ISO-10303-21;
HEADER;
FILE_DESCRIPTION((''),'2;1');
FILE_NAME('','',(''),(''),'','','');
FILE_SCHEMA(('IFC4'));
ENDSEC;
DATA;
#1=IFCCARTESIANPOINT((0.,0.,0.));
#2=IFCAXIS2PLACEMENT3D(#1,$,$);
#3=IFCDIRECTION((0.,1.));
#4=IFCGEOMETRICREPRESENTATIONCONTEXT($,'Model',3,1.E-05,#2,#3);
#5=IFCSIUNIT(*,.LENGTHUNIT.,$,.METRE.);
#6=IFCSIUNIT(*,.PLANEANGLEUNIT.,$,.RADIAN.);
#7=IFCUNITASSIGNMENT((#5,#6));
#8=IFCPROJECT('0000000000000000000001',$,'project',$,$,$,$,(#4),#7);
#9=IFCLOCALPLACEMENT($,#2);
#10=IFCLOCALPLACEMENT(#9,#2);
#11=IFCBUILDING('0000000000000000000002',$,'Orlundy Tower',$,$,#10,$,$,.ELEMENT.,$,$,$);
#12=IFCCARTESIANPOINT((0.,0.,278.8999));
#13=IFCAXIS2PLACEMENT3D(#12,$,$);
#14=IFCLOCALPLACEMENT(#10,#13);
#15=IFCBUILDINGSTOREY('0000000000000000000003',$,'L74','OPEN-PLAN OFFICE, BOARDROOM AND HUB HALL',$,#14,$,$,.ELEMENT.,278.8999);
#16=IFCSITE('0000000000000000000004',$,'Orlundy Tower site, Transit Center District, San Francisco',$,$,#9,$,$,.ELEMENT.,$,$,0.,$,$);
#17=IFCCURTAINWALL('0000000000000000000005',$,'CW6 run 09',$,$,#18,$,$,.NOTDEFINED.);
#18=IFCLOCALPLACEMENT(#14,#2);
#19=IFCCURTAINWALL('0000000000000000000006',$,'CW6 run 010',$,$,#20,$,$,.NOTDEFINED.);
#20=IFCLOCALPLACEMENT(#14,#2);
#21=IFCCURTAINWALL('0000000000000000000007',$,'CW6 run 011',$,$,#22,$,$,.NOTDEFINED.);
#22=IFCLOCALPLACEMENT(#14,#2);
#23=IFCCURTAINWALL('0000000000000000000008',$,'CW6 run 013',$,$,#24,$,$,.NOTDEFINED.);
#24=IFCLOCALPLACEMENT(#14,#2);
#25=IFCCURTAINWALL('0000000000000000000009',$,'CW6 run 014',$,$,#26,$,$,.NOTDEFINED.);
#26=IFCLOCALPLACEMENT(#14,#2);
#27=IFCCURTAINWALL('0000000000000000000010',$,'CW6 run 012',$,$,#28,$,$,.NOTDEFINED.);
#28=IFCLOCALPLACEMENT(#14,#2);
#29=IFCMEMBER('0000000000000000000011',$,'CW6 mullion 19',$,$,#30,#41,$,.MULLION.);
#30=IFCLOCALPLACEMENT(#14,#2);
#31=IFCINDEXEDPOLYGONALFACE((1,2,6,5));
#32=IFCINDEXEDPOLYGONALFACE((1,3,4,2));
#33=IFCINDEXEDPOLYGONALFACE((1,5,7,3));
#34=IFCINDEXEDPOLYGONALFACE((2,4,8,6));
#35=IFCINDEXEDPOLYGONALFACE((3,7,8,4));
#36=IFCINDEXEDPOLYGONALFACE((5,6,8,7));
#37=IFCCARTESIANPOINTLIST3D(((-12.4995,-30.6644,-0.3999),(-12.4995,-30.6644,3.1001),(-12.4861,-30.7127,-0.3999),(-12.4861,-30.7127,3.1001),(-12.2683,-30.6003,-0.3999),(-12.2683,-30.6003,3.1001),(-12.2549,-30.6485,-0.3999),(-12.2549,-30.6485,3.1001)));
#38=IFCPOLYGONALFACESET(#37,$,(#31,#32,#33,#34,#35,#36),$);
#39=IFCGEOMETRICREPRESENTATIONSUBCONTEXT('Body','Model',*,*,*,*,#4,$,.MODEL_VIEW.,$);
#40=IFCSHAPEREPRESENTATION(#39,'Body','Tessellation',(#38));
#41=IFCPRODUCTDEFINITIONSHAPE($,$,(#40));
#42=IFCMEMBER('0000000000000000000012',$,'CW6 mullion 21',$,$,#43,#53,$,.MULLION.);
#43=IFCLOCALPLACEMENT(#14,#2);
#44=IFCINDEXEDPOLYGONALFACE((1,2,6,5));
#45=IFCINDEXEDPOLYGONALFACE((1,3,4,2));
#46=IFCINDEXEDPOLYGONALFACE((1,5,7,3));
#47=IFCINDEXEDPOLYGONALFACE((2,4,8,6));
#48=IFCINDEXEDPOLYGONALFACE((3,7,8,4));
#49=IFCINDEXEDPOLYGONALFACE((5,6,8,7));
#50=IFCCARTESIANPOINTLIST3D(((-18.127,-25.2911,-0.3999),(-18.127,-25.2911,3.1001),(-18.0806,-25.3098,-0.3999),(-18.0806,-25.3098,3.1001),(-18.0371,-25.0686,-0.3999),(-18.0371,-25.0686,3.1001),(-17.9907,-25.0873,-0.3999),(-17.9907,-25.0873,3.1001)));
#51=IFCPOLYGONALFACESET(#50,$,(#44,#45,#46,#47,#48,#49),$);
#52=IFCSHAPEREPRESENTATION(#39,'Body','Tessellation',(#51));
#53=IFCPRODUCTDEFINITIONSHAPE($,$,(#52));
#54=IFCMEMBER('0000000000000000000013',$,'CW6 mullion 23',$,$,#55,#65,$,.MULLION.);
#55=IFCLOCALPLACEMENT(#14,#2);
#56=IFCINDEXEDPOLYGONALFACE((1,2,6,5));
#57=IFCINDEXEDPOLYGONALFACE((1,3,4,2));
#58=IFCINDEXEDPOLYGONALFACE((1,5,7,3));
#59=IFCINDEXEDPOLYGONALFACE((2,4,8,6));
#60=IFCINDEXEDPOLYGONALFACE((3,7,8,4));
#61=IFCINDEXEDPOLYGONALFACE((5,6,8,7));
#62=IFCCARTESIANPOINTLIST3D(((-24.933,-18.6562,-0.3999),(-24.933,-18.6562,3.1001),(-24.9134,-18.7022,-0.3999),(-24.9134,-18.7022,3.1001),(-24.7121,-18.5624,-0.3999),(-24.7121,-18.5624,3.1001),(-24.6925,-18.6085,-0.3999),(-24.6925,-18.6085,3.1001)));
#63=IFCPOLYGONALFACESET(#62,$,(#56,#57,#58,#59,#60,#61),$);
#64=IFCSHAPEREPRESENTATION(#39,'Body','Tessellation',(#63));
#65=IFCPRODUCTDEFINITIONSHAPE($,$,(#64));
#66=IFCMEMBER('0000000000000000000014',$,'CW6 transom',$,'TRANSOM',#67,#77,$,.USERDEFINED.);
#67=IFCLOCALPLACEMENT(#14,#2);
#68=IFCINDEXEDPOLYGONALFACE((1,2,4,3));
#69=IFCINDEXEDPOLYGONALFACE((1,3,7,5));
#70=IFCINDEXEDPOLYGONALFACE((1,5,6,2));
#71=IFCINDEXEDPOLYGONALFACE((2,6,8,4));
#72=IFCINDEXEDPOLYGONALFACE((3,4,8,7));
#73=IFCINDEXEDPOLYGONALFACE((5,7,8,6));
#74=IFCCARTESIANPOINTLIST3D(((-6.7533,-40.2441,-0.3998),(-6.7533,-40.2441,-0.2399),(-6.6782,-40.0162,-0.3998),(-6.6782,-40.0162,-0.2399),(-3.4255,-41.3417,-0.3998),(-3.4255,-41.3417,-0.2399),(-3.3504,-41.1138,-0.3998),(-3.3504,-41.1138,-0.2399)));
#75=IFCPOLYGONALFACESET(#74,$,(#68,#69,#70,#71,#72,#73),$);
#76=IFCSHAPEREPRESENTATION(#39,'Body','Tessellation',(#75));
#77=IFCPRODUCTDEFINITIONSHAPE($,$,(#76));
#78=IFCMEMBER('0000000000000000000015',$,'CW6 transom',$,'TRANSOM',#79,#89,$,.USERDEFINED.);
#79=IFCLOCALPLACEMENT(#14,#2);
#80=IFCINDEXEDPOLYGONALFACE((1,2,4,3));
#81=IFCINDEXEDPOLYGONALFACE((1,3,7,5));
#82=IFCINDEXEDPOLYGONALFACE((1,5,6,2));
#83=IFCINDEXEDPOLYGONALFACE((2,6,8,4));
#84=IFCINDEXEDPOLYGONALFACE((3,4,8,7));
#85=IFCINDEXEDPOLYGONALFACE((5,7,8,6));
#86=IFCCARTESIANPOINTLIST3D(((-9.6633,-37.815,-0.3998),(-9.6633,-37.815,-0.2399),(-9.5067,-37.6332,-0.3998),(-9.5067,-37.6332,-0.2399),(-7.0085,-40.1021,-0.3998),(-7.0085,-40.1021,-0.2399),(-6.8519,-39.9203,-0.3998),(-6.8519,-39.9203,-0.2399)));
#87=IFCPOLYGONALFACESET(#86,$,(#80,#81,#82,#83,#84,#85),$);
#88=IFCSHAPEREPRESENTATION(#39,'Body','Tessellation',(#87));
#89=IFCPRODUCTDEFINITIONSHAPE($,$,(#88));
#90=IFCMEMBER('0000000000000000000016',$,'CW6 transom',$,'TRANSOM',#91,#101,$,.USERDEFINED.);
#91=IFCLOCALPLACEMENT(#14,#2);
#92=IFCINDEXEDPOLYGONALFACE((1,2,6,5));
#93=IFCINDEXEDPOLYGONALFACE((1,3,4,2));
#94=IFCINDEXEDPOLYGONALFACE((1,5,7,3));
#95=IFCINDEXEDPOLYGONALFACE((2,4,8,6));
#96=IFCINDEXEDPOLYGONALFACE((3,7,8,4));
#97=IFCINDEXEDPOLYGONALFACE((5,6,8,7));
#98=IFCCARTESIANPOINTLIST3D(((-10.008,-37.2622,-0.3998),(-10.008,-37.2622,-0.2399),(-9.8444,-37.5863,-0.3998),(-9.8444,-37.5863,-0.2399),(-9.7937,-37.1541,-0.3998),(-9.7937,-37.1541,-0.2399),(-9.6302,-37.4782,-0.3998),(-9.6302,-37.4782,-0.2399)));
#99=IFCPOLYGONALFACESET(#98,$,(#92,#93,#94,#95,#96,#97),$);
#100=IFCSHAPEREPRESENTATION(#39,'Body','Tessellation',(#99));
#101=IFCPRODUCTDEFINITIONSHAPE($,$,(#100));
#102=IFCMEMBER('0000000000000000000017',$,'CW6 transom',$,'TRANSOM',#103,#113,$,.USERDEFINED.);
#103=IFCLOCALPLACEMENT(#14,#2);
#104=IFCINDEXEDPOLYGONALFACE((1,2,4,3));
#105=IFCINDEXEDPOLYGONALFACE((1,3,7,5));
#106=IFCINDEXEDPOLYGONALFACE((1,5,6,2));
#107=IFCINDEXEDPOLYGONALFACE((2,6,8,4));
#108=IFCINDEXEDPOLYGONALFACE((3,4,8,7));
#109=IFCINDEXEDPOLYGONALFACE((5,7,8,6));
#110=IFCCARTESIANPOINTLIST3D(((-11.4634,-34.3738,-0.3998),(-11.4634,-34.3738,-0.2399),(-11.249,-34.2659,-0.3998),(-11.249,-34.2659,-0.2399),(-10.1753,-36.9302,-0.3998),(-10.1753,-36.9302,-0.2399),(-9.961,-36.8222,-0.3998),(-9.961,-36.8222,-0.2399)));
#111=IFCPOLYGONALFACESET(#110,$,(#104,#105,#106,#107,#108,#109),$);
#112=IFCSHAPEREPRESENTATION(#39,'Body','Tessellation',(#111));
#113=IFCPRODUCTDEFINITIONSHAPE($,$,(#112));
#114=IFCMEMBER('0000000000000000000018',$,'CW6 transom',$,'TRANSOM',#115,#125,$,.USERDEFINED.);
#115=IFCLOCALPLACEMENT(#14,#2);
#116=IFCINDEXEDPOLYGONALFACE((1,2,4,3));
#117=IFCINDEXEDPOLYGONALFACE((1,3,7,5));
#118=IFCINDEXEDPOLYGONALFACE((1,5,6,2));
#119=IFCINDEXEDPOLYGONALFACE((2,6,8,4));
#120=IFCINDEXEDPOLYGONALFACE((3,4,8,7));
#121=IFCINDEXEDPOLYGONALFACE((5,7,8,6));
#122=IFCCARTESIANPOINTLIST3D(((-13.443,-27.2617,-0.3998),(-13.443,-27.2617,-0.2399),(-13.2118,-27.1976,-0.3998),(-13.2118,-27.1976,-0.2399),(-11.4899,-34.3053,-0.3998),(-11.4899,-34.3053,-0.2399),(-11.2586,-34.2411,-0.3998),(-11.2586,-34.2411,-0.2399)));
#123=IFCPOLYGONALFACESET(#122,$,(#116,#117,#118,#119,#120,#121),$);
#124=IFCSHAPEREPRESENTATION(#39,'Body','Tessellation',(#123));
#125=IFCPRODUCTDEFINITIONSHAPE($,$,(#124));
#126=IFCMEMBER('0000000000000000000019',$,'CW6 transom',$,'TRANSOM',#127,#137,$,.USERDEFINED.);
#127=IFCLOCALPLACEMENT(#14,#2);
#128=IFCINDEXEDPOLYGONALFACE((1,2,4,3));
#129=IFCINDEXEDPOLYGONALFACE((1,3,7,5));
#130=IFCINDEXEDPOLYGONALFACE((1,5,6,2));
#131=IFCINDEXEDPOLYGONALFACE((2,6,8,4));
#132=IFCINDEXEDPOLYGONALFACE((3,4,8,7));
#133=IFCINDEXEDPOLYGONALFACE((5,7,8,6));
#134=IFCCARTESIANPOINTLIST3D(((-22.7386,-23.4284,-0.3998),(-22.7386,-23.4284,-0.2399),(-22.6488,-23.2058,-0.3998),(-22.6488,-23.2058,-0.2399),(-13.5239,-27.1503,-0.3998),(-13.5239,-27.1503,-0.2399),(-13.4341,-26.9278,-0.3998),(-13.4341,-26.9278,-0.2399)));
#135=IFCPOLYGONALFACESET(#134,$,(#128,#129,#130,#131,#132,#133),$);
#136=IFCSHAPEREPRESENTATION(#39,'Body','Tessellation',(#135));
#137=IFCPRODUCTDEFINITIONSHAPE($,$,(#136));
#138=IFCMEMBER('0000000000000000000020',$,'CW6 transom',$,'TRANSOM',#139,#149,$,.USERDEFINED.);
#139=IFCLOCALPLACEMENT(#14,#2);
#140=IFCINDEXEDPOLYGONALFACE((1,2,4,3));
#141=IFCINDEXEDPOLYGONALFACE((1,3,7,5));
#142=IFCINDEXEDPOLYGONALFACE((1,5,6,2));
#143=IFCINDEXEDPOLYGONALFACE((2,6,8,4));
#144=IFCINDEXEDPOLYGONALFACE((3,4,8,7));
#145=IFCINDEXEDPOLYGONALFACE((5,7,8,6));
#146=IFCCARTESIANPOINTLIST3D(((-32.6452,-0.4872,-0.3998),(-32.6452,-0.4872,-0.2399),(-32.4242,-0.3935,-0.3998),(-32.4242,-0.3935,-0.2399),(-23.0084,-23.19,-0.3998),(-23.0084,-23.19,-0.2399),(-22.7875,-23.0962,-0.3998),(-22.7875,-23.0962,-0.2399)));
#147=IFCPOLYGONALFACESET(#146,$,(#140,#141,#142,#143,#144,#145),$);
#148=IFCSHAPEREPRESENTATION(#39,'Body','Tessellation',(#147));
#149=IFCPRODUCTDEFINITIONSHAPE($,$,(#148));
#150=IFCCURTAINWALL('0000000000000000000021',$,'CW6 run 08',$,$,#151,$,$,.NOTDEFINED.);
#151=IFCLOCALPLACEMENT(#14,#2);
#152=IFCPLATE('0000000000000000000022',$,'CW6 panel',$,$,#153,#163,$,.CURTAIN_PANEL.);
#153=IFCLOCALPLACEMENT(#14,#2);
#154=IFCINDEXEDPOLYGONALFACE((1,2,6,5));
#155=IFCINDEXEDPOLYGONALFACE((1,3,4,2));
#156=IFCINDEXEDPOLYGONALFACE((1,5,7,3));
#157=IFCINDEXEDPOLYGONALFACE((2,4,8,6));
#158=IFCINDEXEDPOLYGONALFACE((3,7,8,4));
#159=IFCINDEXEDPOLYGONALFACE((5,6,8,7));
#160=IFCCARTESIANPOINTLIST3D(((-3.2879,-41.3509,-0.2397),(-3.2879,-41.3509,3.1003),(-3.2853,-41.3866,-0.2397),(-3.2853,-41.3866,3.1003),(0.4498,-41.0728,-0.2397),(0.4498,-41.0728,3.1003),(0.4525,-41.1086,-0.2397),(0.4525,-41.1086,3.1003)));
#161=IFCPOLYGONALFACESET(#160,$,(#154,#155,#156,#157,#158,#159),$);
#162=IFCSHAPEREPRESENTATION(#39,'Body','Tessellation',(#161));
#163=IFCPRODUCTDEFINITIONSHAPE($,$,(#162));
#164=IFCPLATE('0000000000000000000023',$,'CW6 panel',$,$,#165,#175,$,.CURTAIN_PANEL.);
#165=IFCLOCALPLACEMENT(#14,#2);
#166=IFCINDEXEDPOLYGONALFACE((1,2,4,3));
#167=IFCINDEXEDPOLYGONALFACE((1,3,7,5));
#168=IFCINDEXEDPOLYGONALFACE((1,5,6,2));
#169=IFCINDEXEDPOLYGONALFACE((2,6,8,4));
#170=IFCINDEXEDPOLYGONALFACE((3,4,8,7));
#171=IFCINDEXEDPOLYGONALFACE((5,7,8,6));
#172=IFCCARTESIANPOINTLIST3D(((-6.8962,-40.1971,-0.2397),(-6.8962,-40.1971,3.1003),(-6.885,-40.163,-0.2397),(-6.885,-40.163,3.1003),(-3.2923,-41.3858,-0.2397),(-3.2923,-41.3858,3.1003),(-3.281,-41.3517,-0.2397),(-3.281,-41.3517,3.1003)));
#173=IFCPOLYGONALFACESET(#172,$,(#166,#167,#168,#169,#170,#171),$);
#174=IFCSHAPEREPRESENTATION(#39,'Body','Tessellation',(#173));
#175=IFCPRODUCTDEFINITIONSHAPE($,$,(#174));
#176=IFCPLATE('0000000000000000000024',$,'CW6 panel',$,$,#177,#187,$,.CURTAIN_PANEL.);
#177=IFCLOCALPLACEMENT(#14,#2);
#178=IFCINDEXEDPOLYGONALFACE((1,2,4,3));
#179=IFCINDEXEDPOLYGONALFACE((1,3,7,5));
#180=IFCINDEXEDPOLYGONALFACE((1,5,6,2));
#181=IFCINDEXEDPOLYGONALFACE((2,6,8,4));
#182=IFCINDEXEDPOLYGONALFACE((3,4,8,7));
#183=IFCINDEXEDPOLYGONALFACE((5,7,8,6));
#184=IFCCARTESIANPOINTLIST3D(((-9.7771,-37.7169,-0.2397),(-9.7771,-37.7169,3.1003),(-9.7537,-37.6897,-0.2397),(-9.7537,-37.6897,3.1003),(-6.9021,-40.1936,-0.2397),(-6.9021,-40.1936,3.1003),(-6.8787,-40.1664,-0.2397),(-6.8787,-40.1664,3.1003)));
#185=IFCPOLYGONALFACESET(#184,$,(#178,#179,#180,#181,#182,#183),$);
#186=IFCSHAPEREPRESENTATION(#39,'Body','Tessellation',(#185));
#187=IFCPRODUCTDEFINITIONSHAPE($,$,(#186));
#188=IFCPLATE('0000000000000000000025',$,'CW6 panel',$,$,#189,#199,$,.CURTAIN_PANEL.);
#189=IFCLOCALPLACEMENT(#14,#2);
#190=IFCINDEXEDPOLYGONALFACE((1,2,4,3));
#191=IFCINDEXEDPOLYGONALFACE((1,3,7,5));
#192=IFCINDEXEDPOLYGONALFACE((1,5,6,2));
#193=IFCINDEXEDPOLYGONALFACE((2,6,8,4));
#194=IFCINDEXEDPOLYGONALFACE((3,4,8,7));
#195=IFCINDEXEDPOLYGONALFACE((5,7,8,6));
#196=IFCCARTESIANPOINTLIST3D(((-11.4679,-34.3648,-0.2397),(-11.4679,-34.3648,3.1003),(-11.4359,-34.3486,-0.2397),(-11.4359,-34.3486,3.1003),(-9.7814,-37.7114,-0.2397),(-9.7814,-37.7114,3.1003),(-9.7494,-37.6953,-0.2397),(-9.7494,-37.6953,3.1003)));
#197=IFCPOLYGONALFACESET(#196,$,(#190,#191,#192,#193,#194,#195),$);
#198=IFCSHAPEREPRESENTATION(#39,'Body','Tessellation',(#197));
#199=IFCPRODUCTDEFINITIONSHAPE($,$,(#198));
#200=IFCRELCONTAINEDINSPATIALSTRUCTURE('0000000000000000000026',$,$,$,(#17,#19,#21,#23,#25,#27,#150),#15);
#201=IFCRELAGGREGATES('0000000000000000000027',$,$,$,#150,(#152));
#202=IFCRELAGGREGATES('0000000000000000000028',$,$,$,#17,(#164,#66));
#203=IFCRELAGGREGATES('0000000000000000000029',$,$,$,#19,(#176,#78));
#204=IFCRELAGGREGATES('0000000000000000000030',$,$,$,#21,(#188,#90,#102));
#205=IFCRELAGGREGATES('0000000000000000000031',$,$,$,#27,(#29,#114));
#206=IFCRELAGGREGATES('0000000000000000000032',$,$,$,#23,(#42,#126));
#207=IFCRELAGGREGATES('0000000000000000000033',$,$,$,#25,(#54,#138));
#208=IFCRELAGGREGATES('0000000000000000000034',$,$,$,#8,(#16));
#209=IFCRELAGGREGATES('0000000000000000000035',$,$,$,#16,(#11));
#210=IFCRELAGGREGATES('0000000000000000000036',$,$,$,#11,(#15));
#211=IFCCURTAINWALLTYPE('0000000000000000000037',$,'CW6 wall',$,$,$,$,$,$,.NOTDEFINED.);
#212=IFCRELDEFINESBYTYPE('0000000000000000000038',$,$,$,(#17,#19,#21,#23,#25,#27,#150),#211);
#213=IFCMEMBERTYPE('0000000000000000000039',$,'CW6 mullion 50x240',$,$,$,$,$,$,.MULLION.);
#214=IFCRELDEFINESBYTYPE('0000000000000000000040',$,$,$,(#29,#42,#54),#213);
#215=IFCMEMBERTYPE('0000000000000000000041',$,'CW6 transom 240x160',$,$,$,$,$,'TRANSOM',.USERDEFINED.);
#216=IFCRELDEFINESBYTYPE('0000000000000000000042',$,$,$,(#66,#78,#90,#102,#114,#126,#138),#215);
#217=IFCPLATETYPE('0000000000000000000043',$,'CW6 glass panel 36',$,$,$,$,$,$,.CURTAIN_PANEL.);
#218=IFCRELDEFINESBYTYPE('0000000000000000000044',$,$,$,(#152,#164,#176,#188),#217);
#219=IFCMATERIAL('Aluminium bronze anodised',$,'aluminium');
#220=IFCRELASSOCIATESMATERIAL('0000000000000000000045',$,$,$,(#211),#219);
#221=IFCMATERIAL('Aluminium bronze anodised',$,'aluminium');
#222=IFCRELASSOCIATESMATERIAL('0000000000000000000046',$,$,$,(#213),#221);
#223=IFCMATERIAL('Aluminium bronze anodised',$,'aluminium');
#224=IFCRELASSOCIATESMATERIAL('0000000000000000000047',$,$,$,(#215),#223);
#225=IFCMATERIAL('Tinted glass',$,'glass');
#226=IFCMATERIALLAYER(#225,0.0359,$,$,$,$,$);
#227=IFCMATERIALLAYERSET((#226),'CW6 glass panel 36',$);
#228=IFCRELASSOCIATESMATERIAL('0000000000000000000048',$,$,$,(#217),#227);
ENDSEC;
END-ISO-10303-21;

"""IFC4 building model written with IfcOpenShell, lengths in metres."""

from ifc_helpers import new_model, si_unit, direction, frame, origin, origin_2d, place, context, subcontext, project, spatial, rectangle, extrude, material, layer, layer_set, material_profile, profile_set, type_object, element, aggregate, save


model = new_model("IFC4")

# Units and contexts
model_context = context("Model", 3, precision=1e-05, world=origin(), true_north=direction((0.0, 1.0)))
body_context = subcontext(model_context, "Body", "Model", "MODEL_VIEW")
ifc_project = project(units=[si_unit("LENGTHUNIT", "METRE"), si_unit("PLANEANGLEUNIT", "RADIAN")], contexts=[model_context])

# Site, building, storey
site_placement = place(None, origin())
site = spatial("IfcSite", under=ifc_project, at=site_placement, Name="Orlundy Tower site, Transit Center District, San Francisco", CompositionType="ELEMENT", RefElevation=0.0)
building_placement = place(site_placement, origin())
building = spatial("IfcBuilding", under=site, at=building_placement, Name="Orlundy Tower", CompositionType="ELEMENT")
storey_placement = place(building_placement, frame((0.0, 0.0, 278.8999)))
storey = spatial("IfcBuildingStorey", under=building, at=storey_placement, Name="L74", Description="OPEN-PLAN OFFICE, BOARDROOM AND HUB HALL", CompositionType="ELEMENT", Elevation=278.8999)

# Curtain walls
ifc_material_1 = material(Name="Aluminium bronze anodised", Category="aluminium")
curtain_wall_type = type_object("IfcCurtainWallType", Name="CW6 wall", PredefinedType="NOTDEFINED", material=ifc_material_1)
curtain_wall_1_placement = place(storey_placement, origin())
curtain_wall_1 = element("IfcCurtainWall", 1, at=curtain_wall_1_placement, inside=storey, type_object=curtain_wall_type, Name="CW6 run 09", PredefinedType="NOTDEFINED")
curtain_wall_2_placement = place(storey_placement, origin())
curtain_wall_2 = element("IfcCurtainWall", 2, at=curtain_wall_2_placement, inside=storey, type_object=curtain_wall_type, Name="CW6 run 010", PredefinedType="NOTDEFINED")
curtain_wall_3_placement = place(storey_placement, origin())
curtain_wall_3 = element("IfcCurtainWall", 3, at=curtain_wall_3_placement, inside=storey, type_object=curtain_wall_type, Name="CW6 run 011", PredefinedType="NOTDEFINED")
curtain_wall_4_placement = place(storey_placement, origin())
curtain_wall_4 = element("IfcCurtainWall", 4, at=curtain_wall_4_placement, inside=storey, type_object=curtain_wall_type, Name="CW6 run 013", PredefinedType="NOTDEFINED")
curtain_wall_5_placement = place(storey_placement, origin())
curtain_wall_5 = element("IfcCurtainWall", 5, at=curtain_wall_5_placement, inside=storey, type_object=curtain_wall_type, Name="CW6 run 014", PredefinedType="NOTDEFINED")

# Curtain wall, member
curtain_wall_6_placement = place(storey_placement, origin())
curtain_wall_6 = element("IfcCurtainWall", 6, at=curtain_wall_6_placement, inside=storey, type_object=curtain_wall_type, Name="CW6 run 012", PredefinedType="NOTDEFINED")
ifc_material_2 = material(Name="Aluminium bronze anodised", Category="aluminium")
ifc_material_profile_1 = material_profile(ifc_material_2, rectangle(XDim=0.24, YDim=0.05, at=origin_2d()), Name="CW6 mullion 50x240")
ifc_profile_set_1 = profile_set([ifc_material_profile_1], Name="Aluminium bronze anodised")
member_type_1 = type_object("IfcMemberType", Name="CW6 mullion 50x240", PredefinedType="MULLION", material=ifc_profile_set_1)
member_1_placement = place(storey_placement, frame((-12.3772, -30.6565, -0.3999), z_axis=(0.0, 0.0, 1.0), x_axis=(-0.963634, -0.267226, 0.0)))
member_1 = element("IfcMember", 7, at=member_1_placement, type_object=member_type_1, Name="CW6 mullion 19", PredefinedType="MULLION", context=body_context, shape_type="SweptSolid", body=[
    extrude(rectangle(XDim=0.24, YDim=0.05, at=origin_2d()), origin(), (0.0, 0.0, 1.0), 3.5),
])

# Members
member_2_placement = place(storey_placement, frame((-18.0588, -25.1892, -0.3999), z_axis=(0.0, 0.0, 1.0), x_axis=(-0.374521, -0.927218, 0.0)))
member_2 = element("IfcMember", 8, at=member_2_placement, type_object=member_type_1, Name="CW6 mullion 21", PredefinedType="MULLION", context=body_context, shape_type="SweptSolid", body=[
    extrude(rectangle(XDim=0.24, YDim=0.05, at=origin_2d()), origin(), (0.0, 0.0, 1.0), 3.5),
])
member_3_placement = place(storey_placement, frame((-24.8127, -18.6323, -0.3999), z_axis=(0.0, 0.0, 1.0), x_axis=(-0.920507, -0.390727, 0.0)))
member_3 = element("IfcMember", 9, at=member_3_placement, type_object=member_type_1, Name="CW6 mullion 23", PredefinedType="MULLION", context=body_context, shape_type="SweptSolid", body=[
    extrude(rectangle(XDim=0.24, YDim=0.05, at=origin_2d()), origin(), (0.0, 0.0, 1.0), 3.5),
])
ifc_material_3 = material(Name="Aluminium bronze anodised", Category="aluminium")
ifc_material_profile_2 = material_profile(ifc_material_3, rectangle(XDim=0.24, YDim=0.1599, at=origin_2d()), Name="CW6 transom 240x160")
ifc_profile_set_2 = profile_set([ifc_material_profile_2], Name="Aluminium bronze anodised")
member_type_2 = type_object("IfcMemberType", Name="CW6 transom 240x160", ElementType="TRANSOM", PredefinedType="USERDEFINED", material=ifc_profile_set_2)
member_4_placement = place(storey_placement, frame((-3.3879, -41.2278, -0.3198), z_axis=(-0.949675, 0.313237, 0.0), x_axis=(-0.313237, -0.949675, 0.0)))
member_4 = element("IfcMember", 10, at=member_4_placement, type_object=member_type_2, Name="CW6 transom", ObjectType="TRANSOM", PredefinedType="USERDEFINED", context=body_context, shape_type="SweptSolid", body=[
    extrude(rectangle(XDim=0.24, YDim=0.1599, at=origin_2d()), origin(), (0.0, 0.0, 1.0), 3.5042),
])
member_5_placement = place(storey_placement, frame((-6.9302, -40.0112, -0.3198), z_axis=(-0.757621, 0.652694, 0.0), x_axis=(-0.652694, -0.757621, 0.0)))
member_5 = element("IfcMember", 11, at=member_5_placement, type_object=member_type_2, Name="CW6 transom", ObjectType="TRANSOM", PredefinedType="USERDEFINED", context=body_context, shape_type="SweptSolid", body=[
    extrude(rectangle(XDim=0.24, YDim=0.1599, at=origin_2d()), origin(), (0.0, 0.0, 1.0), 3.5042),
])
member_6_placement = place(storey_placement, frame((-9.7373, -37.5322, -0.3198), z_axis=(-0.450438, 0.892808, 0.0), x_axis=(-0.892808, -0.450438, 0.0)))
member_6 = element("IfcMember", 12, at=member_6_placement, type_object=member_type_2, Name="CW6 transom", ObjectType="TRANSOM", PredefinedType="USERDEFINED", context=body_context, shape_type="SweptSolid", body=[
    extrude(rectangle(XDim=0.24, YDim=0.1599, at=origin_2d()), origin(), (0.0, 0.0, 1.0), 0.363),
])
member_7_placement = place(storey_placement, frame((-10.0681, -36.8762, -0.3198), z_axis=(-0.449975, 0.893041, 0.0), x_axis=(-0.893041, -0.449975, 0.0)))
member_7 = element("IfcMember", 13, at=member_7_placement, type_object=member_type_2, Name="CW6 transom", ObjectType="TRANSOM", PredefinedType="USERDEFINED", context=body_context, shape_type="SweptSolid", body=[
    extrude(rectangle(XDim=0.24, YDim=0.1599, at=origin_2d()), origin(), (0.0, 0.0, 1.0), 2.8625),
])
member_8_placement = place(storey_placement, frame((-11.3743, -34.2732, -0.3198), z_axis=(-0.267213, 0.963637, 0.0), x_axis=(-0.963637, -0.267213, 0.0)))
member_8 = element("IfcMember", 14, at=member_8_placement, type_object=member_type_2, Name="CW6 transom", ObjectType="TRANSOM", PredefinedType="USERDEFINED", context=body_context, shape_type="SweptSolid", body=[
    extrude(rectangle(XDim=0.24, YDim=0.1599, at=origin_2d()), origin(), (0.0, 0.0, 1.0), 7.3093),
])
member_9_placement = place(storey_placement, frame((-13.479, -27.0391, -0.3198), z_axis=(-0.927219, 0.374519, 0.0), x_axis=(-0.374519, -0.927219, 0.0)))
member_9 = element("IfcMember", 15, at=member_9_placement, type_object=member_type_2, Name="CW6 transom", ObjectType="TRANSOM", PredefinedType="USERDEFINED", context=body_context, shape_type="SweptSolid", body=[
    extrude(rectangle(XDim=0.24, YDim=0.1599, at=origin_2d()), origin(), (0.0, 0.0, 1.0), 9.938),
])
member_10_placement = place(storey_placement, frame((-22.8979, -23.1431, -0.3198), z_axis=(-0.390732, 0.920505, 0.0), x_axis=(-0.920505, -0.390732, 0.0)))
member_10 = element("IfcMember", 16, at=member_10_placement, type_object=member_type_2, Name="CW6 transom", ObjectType="TRANSOM", PredefinedType="USERDEFINED", context=body_context, shape_type="SweptSolid", body=[
    extrude(rectangle(XDim=0.24, YDim=0.1599, at=origin_2d()), origin(), (0.0, 0.0, 1.0), 24.6633),
])

# Curtain wall, plate
curtain_wall_7_placement = place(storey_placement, origin())
curtain_wall_7 = element("IfcCurtainWall", 17, at=curtain_wall_7_placement, inside=storey, type_object=curtain_wall_type, Name="CW6 run 08", PredefinedType="NOTDEFINED")
ifc_material_4 = material(Name="Tinted glass", Category="glass")
ifc_layer_1 = layer(ifc_material_4, 0.0359)
ifc_layer_set_1 = layer_set([ifc_layer_1], Name="CW6 glass panel 36")
plate_type = type_object("IfcPlateType", Name="CW6 glass panel 36", PredefinedType="CURTAIN_PANEL", material=ifc_layer_set_1)
plate_1_placement = place(storey_placement, frame((-1.4177, -41.2297, -0.2397), z_axis=(0.0, 0.0, 1.0), x_axis=(-0.997245, -0.07418, 0.0)))
plate_1 = element("IfcPlate", 18, at=plate_1_placement, type_object=plate_type, Name="CW6 panel", PredefinedType="CURTAIN_PANEL", context=body_context, shape_type="SweptSolid", body=[
    extrude(rectangle(XDim=3.748, YDim=0.0359, at=origin_2d()), origin(), (0.0, 0.0, 1.0), 3.3401),
])
aggregate(curtain_wall_7, [plate_1])

# Plates
plate_2_placement = place(storey_placement, frame((-5.0886, -40.7744, -0.2397), z_axis=(0.0, 0.0, 1.0), x_axis=(-0.949677, 0.313231, 0.0)))
plate_2 = element("IfcPlate", 19, at=plate_2_placement, type_object=plate_type, Name="CW6 panel", PredefinedType="CURTAIN_PANEL", context=body_context, shape_type="SweptSolid", body=[
    extrude(rectangle(XDim=3.7949, YDim=0.0359, at=origin_2d()), origin(), (0.0, 0.0, 1.0), 3.3401),
])
aggregate(curtain_wall_1, [plate_2, member_4])
plate_3_placement = place(storey_placement, frame((-8.3279, -38.9417, -0.2397), z_axis=(0.0, 0.0, 1.0), x_axis=(-0.757635, 0.652678, 0.0)))
plate_3 = element("IfcPlate", 20, at=plate_3_placement, type_object=plate_type, Name="CW6 panel", PredefinedType="CURTAIN_PANEL", context=body_context, shape_type="SweptSolid", body=[
    extrude(rectangle(XDim=3.7947, YDim=0.0359, at=origin_2d()), origin(), (0.0, 0.0, 1.0), 3.3401),
])
aggregate(curtain_wall_2, [plate_3, member_5])
plate_4_placement = place(storey_placement, frame((-10.6086, -36.03, -0.2397), z_axis=(0.0, 0.0, 1.0), x_axis=(-0.450017, 0.89302, 0.0)))
plate_4 = element("IfcPlate", 21, at=plate_4_placement, type_object=plate_type, Name="CW6 panel", PredefinedType="CURTAIN_PANEL", context=body_context, shape_type="SweptSolid", body=[
    extrude(rectangle(XDim=3.7476, YDim=0.0359, at=origin_2d()), origin(), (0.0, 0.0, 1.0), 3.3401),
])
aggregate(curtain_wall_3, [plate_4, member_6, member_7])
aggregate(curtain_wall_6, [member_1, member_8])
aggregate(curtain_wall_4, [member_2, member_9])
aggregate(curtain_wall_5, [member_3, member_10])

save(model, "model.ifc")
